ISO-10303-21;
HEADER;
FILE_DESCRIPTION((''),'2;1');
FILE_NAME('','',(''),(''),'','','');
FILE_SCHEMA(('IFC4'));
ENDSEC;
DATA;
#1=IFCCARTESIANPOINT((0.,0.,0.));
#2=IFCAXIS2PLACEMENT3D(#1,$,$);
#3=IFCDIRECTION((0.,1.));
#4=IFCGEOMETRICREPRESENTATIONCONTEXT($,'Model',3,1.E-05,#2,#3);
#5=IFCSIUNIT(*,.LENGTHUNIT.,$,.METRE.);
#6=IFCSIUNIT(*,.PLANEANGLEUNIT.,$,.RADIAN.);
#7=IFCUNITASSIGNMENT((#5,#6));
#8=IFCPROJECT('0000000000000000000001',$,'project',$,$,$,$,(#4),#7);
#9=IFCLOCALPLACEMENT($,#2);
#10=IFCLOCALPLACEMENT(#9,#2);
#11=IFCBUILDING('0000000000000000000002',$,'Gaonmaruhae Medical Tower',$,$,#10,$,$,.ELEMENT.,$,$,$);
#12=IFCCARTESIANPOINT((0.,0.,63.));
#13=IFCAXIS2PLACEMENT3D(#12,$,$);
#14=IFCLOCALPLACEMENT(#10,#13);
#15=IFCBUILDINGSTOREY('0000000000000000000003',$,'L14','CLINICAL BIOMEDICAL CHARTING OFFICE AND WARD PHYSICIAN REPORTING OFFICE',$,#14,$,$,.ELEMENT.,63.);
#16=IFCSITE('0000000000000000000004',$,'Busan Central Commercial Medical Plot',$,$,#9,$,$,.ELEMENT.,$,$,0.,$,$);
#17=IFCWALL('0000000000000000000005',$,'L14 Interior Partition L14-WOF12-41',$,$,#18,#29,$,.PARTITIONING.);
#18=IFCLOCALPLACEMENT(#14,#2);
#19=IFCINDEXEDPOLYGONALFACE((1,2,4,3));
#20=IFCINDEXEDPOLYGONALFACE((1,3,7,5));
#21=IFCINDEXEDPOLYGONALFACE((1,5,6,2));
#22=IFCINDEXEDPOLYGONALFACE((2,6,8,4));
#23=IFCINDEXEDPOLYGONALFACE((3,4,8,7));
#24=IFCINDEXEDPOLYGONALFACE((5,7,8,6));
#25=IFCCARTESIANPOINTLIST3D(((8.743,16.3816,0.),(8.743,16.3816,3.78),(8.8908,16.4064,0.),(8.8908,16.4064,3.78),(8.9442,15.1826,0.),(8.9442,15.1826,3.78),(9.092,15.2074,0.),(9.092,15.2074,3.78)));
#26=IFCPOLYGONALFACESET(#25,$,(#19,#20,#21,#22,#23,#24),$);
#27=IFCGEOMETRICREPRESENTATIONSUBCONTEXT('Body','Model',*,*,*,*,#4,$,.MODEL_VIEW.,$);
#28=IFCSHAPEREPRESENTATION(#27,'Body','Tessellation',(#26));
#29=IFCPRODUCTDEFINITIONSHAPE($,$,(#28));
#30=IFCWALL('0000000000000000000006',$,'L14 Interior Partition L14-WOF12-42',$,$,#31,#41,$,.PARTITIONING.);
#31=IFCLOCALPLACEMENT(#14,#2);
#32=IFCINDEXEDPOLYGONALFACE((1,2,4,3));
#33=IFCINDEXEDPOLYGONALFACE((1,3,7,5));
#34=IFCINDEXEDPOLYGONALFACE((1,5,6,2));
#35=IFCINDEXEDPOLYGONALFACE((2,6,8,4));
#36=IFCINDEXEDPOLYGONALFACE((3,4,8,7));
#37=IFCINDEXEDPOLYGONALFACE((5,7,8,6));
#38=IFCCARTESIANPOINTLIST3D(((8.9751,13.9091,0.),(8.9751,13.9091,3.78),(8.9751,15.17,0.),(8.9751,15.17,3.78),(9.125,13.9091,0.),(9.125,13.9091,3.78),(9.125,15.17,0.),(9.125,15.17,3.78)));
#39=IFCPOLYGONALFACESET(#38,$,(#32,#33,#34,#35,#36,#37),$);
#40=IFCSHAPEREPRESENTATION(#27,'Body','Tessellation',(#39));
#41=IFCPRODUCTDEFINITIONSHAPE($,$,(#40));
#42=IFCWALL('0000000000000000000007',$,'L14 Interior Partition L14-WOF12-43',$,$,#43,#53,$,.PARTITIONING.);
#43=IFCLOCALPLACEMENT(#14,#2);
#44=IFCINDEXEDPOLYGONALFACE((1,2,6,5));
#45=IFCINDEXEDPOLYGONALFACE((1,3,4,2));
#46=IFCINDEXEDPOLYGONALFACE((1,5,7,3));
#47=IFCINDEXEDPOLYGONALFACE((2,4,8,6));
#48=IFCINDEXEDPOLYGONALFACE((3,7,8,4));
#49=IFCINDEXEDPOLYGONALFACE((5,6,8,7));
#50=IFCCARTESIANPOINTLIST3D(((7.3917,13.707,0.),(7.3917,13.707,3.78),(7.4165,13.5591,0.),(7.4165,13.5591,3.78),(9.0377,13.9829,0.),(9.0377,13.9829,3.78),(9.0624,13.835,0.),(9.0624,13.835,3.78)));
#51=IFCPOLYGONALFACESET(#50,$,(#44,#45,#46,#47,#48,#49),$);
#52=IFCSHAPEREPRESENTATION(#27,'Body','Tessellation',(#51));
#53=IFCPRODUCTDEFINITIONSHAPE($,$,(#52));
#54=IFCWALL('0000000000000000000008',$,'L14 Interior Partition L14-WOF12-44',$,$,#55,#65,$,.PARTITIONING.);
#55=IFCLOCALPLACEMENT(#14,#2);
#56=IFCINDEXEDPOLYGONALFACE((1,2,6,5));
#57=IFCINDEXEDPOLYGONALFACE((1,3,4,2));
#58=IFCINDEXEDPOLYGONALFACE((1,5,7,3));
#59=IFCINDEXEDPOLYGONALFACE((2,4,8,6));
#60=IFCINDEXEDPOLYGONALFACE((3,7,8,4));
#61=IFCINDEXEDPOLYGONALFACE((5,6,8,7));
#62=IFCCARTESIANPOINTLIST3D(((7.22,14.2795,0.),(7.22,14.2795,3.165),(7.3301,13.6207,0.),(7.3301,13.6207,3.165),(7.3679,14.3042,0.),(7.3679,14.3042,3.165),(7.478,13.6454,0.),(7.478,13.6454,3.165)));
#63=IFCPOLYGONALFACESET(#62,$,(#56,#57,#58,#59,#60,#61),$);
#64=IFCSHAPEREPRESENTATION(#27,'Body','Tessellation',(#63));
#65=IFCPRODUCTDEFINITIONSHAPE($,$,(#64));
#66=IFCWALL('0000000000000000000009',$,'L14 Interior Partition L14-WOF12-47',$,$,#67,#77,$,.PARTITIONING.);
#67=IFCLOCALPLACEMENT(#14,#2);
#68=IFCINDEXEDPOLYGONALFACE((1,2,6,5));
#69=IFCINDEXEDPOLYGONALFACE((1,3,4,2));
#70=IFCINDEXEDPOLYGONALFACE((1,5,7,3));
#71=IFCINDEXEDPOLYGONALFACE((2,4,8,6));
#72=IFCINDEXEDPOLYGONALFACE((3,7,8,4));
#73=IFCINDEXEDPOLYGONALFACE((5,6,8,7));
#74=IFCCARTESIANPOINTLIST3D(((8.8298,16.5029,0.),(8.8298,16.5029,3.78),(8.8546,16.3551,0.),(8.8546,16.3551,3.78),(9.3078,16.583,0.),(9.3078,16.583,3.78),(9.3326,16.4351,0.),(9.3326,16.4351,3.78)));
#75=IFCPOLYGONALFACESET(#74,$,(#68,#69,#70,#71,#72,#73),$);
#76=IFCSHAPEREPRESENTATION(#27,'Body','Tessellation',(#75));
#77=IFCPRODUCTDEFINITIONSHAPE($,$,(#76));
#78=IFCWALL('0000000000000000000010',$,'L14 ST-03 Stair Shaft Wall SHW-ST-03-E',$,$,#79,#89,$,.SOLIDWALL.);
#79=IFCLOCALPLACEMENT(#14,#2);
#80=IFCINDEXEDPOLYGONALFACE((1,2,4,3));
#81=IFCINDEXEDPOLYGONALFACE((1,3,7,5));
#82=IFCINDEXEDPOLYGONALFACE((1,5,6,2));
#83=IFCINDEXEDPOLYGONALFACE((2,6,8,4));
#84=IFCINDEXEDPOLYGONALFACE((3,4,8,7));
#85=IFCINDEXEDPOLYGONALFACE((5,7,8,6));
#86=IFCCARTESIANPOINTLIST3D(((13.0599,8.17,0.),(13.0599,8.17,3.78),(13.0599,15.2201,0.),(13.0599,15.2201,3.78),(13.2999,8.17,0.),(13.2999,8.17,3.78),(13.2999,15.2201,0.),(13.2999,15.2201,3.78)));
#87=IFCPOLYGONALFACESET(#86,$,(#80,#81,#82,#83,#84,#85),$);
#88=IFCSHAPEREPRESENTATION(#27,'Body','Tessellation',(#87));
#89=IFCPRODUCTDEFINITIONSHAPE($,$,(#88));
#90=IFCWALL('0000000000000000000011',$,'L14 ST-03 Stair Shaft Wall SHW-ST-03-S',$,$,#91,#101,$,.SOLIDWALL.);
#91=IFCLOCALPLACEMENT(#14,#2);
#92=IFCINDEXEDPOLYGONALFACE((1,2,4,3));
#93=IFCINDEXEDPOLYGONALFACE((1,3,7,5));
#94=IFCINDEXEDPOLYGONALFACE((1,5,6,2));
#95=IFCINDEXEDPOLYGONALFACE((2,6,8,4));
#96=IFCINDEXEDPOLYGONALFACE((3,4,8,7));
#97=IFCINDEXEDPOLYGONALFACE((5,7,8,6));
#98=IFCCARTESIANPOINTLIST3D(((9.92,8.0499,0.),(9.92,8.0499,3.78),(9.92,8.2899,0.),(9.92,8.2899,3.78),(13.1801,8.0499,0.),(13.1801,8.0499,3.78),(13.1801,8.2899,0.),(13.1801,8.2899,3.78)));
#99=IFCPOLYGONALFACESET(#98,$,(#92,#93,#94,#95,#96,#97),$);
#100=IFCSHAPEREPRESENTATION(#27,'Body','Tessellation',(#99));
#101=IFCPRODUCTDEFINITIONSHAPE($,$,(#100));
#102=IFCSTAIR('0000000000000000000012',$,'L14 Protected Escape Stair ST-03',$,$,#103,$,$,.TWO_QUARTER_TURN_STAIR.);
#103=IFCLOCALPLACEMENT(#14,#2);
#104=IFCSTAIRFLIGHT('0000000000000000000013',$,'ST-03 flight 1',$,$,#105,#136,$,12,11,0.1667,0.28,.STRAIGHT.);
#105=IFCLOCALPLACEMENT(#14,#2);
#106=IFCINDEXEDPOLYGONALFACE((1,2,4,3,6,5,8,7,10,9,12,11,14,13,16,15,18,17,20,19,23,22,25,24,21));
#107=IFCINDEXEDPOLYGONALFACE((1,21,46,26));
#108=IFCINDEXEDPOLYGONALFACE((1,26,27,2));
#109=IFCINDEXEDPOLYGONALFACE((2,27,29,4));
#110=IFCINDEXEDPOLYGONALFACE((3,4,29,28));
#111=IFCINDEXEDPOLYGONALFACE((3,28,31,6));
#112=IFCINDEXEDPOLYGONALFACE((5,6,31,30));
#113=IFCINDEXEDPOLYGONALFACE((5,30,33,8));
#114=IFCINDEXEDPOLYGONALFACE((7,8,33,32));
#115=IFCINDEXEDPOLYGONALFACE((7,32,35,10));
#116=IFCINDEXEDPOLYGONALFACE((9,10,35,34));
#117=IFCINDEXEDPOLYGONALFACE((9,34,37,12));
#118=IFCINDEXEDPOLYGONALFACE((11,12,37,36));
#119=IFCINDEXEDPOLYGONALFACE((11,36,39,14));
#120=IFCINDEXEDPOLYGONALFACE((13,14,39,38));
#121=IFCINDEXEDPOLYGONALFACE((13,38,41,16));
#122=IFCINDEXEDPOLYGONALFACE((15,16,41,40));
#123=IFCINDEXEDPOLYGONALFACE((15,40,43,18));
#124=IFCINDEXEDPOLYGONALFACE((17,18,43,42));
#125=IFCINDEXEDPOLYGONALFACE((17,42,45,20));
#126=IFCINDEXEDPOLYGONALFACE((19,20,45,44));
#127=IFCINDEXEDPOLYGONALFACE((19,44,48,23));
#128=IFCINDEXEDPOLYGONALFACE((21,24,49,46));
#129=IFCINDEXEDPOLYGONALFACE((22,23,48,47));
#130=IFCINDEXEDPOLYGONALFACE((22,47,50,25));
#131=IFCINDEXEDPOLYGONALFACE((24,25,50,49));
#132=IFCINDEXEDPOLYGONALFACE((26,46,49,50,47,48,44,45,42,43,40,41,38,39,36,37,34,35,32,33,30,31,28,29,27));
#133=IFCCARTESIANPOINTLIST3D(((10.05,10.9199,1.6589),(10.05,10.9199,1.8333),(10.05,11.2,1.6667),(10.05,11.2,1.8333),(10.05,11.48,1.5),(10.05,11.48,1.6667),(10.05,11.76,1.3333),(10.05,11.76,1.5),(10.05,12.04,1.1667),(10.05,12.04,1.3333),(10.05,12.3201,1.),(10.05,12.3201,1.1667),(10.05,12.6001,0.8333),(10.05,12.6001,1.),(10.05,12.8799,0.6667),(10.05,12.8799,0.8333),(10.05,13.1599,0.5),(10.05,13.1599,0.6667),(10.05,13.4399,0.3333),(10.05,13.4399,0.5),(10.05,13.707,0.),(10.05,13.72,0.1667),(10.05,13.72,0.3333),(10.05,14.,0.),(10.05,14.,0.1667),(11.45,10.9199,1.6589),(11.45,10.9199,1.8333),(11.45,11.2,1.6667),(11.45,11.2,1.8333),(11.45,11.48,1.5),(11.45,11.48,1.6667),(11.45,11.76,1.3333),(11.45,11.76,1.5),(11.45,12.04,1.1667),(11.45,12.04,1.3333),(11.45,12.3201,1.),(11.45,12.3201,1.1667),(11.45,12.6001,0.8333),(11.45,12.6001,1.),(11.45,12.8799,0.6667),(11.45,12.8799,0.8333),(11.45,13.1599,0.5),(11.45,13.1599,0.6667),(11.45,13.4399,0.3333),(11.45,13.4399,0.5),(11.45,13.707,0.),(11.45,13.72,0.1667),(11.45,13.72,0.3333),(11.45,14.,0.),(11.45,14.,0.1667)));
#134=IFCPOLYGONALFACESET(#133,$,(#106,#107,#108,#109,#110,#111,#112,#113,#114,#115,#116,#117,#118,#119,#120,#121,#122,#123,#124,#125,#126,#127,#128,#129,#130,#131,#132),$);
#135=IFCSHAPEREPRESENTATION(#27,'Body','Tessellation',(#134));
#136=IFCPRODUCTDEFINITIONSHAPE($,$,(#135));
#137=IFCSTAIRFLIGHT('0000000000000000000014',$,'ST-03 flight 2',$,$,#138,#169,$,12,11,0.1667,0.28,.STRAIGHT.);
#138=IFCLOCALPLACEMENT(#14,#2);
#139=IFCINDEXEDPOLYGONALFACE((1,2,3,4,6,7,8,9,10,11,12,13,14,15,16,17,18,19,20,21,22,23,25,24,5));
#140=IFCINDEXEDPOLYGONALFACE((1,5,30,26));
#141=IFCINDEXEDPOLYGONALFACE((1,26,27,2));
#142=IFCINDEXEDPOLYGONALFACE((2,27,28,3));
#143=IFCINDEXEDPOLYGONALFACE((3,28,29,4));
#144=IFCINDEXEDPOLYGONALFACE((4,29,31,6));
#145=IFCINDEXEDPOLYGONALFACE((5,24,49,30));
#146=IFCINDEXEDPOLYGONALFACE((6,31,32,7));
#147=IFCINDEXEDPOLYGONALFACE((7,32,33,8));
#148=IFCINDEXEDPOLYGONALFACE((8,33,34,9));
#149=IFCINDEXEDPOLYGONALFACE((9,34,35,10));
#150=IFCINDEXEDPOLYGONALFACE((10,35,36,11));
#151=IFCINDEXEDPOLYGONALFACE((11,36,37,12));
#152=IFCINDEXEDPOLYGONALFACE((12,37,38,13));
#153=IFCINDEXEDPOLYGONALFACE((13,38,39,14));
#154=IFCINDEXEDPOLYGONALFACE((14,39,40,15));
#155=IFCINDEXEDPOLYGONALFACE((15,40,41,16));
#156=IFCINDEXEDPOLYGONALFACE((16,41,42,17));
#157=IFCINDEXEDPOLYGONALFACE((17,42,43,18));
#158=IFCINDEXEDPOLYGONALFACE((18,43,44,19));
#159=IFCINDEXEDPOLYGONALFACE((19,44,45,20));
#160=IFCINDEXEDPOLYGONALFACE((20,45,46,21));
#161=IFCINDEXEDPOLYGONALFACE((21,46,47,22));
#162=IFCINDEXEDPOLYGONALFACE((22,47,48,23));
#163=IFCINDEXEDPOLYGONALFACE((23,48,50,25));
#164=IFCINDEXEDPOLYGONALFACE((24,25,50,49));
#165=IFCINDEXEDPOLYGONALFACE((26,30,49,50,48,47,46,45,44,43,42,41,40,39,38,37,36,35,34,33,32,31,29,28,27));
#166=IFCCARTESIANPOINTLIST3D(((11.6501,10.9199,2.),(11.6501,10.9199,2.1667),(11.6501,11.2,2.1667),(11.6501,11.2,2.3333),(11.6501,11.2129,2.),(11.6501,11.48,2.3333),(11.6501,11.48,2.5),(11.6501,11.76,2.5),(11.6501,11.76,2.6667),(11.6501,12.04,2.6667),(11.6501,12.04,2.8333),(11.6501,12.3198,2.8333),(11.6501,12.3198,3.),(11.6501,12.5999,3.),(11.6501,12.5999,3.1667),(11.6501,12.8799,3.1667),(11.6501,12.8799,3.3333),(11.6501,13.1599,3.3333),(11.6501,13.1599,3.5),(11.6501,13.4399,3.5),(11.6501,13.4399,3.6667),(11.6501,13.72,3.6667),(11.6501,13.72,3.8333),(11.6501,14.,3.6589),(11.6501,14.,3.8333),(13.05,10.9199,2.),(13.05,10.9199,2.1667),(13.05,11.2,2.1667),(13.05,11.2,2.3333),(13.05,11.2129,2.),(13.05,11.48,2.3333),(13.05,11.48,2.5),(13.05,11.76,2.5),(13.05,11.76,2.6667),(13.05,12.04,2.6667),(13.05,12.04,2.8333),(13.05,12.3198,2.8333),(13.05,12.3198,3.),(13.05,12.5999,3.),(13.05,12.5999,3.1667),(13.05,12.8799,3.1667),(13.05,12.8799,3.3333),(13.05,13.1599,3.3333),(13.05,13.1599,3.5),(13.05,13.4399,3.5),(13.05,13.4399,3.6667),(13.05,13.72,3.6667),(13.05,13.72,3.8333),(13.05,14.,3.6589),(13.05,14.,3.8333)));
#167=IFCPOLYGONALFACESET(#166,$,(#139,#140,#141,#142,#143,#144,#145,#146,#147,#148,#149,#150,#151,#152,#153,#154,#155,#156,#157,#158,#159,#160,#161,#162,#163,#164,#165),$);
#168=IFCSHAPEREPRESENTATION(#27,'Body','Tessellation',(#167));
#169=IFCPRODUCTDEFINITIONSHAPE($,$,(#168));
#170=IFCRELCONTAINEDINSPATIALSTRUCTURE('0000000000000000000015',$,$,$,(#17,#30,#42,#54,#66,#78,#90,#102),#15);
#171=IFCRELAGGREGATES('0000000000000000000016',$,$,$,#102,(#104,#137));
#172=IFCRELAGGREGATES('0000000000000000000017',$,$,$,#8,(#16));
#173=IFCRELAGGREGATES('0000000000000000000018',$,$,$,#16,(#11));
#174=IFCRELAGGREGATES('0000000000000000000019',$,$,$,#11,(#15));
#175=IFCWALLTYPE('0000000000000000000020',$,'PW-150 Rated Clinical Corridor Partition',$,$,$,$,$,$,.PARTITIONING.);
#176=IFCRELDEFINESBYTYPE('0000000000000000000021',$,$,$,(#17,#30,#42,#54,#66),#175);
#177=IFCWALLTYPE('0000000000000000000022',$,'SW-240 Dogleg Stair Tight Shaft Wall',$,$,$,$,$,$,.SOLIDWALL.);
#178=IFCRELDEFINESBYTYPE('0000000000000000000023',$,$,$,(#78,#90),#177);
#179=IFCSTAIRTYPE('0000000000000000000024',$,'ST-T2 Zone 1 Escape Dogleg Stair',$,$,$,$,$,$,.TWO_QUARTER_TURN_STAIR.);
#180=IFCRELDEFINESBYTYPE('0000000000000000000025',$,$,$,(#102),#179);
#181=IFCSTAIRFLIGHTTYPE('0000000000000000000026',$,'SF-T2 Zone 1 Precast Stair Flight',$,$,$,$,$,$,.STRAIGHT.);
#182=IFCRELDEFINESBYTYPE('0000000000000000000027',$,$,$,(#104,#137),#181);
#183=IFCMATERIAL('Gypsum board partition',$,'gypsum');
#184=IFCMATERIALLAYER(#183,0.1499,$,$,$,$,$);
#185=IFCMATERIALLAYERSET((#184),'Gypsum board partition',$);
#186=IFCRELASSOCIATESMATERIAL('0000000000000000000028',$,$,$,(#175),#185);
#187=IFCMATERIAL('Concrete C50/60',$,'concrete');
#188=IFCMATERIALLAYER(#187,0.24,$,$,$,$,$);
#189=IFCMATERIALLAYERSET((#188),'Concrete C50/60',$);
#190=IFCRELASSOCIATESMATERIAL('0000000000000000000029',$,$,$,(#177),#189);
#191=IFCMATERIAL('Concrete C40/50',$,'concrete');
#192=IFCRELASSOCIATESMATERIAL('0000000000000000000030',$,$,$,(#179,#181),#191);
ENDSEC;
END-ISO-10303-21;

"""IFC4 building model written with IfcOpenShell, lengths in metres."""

from ifc_helpers import new_model, si_unit, direction, frame, frame_2d, origin, place, context, subcontext, project, spatial, polyline, rectangle, outline, extrude, material, layer, layer_set, type_object, element, aggregate, save


model = new_model("IFC4")

# Units and contexts
model_context = context("Model", 3, precision=1e-05, world=origin(), true_north=direction((0.0, 1.0)))
body_context = subcontext(model_context, "Body", "Model", "MODEL_VIEW")
ifc_project = project(units=[si_unit("LENGTHUNIT", "METRE"), si_unit("PLANEANGLEUNIT", "RADIAN")], contexts=[model_context])

# Site, building, storey
site_placement = place(None, origin())
site = spatial("IfcSite", under=ifc_project, at=site_placement, Name="Busan Central Commercial Medical Plot", CompositionType="ELEMENT", RefElevation=0.0)
building_placement = place(site_placement, origin())
building = spatial("IfcBuilding", under=site, at=building_placement, Name="Gaonmaruhae Medical Tower", CompositionType="ELEMENT")
storey_placement = place(building_placement, frame((0.0, 0.0, 63.0)))
storey = spatial("IfcBuildingStorey", under=building, at=storey_placement, Name="L14", Description="CLINICAL BIOMEDICAL CHARTING OFFICE AND WARD PHYSICIAN REPORTING OFFICE", CompositionType="ELEMENT", Elevation=63.0)

# Walls
ifc_material_1 = material(Name="Gypsum board partition", Category="gypsum")
ifc_layer_1 = layer(ifc_material_1, 0.1499)
ifc_layer_set_1 = layer_set([ifc_layer_1], Name="Gypsum board partition")
wall_type_1 = type_object("IfcWallType", Name="PW-150 Rated Clinical Corridor Partition", PredefinedType="PARTITIONING", material=ifc_layer_set_1)
wall_1_placement = place(storey_placement, frame((8.8169, 16.394, 0.0), z_axis=(0.0, 0.0, 1.0), x_axis=(0.165474, -0.986214, 0.0)))
element("IfcWall", 1, at=wall_1_placement, inside=storey, type_object=wall_type_1, Name="L14 Interior Partition L14-WOF12-41", PredefinedType="PARTITIONING", context=body_context, shape_type="SweptSolid", body=[
    extrude(rectangle(XDim=1.2158, YDim=0.1499, at=frame_2d((0.6079, 0.0))), origin(), (0.0, 0.0, 1.0), 3.78),
])
wall_2_placement = place(storey_placement, frame((9.05, 15.1699, 0.0), z_axis=(0.0, 0.0, 1.0), x_axis=(0.0, -1.0, 0.0)))
element("IfcWall", 2, at=wall_2_placement, inside=storey, type_object=wall_type_1, Name="L14 Interior Partition L14-WOF12-42", PredefinedType="PARTITIONING", context=body_context, shape_type="SweptSolid", body=[
    extrude(rectangle(XDim=1.261, YDim=0.1499, at=frame_2d((0.6304, 0.0))), origin(), (0.0, 0.0, 1.0), 3.78),
])
wall_3_placement = place(storey_placement, frame((9.05, 13.9089, 0.0), z_axis=(0.0, 0.0, 1.0), x_axis=(-0.986243, -0.1653, 0.0)))
element("IfcWall", 3, at=wall_3_placement, inside=storey, type_object=wall_type_1, Name="L14 Interior Partition L14-WOF12-43", PredefinedType="PARTITIONING", context=body_context, shape_type="SweptSolid", body=[
    extrude(rectangle(XDim=1.6689, YDim=0.1499, at=frame_2d((0.8345, 0.0))), origin(), (0.0, 0.0, 1.0), 3.78),
])
wall_4_placement = place(storey_placement, frame((7.4041, 13.6331, 0.0), z_axis=(0.0, 0.0, 1.0), x_axis=(-0.164814, 0.986325, 0.0)))
element("IfcWall", 4, at=wall_4_placement, inside=storey, type_object=wall_type_1, Name="L14 Interior Partition L14-WOF12-44", PredefinedType="PARTITIONING", context=body_context, shape_type="SweptSolid", body=[
    extrude(rectangle(XDim=0.668, YDim=0.1499, at=frame_2d((0.334, 0.0))), origin(), (0.0, 0.0, 1.0), 3.165),
])
wall_5_placement = place(storey_placement, frame((9.3201, 16.509, 0.0), z_axis=(0.0, 0.0, 1.0), x_axis=(-0.986257, -0.165216, 0.0)))
element("IfcWall", 5, at=wall_5_placement, inside=storey, type_object=wall_type_1, Name="L14 Interior Partition L14-WOF12-47", PredefinedType="PARTITIONING", context=body_context, shape_type="SweptSolid", body=[
    extrude(rectangle(XDim=0.4846, YDim=0.1499, at=frame_2d((0.2422, 0.0))), origin(), (0.0, 0.0, 1.0), 3.78),
])

# Shared definitions
ifc_material_2 = material(Name="Concrete C50/60", Category="concrete")
ifc_layer_2 = layer(ifc_material_2, 0.24)
ifc_layer_set_2 = layer_set([ifc_layer_2], Name="Concrete C50/60")
wall_type_2 = type_object("IfcWallType", Name="SW-240 Dogleg Stair Tight Shaft Wall", PredefinedType="SOLIDWALL", material=ifc_layer_set_2)

# Walls
wall_6_placement = place(storey_placement, frame((13.1799, 15.22, 0.0), z_axis=(0.0, 0.0, 1.0), x_axis=(0.0, -1.0, 0.0)))
element("IfcWall", 6, at=wall_6_placement, inside=storey, type_object=wall_type_2, Name="L14 ST-03 Stair Shaft Wall SHW-ST-03-E", PredefinedType="SOLIDWALL", context=body_context, shape_type="SweptSolid", body=[
    extrude(rectangle(XDim=7.05, YDim=0.24, at=frame_2d((3.5249, 0.0))), origin(), (0.0, 0.0, 1.0), 3.78),
])
wall_7_placement = place(storey_placement, frame((13.1799, 8.1699, 0.0), z_axis=(0.0, 0.0, 1.0), x_axis=(-1.0, 0.0, 0.0)))
element("IfcWall", 7, at=wall_7_placement, inside=storey, type_object=wall_type_2, Name="L14 ST-03 Stair Shaft Wall SHW-ST-03-S", PredefinedType="SOLIDWALL", context=body_context, shape_type="SweptSolid", body=[
    extrude(rectangle(XDim=3.26, YDim=0.24, at=frame_2d((1.6299, 0.0))), origin(), (0.0, 0.0, 1.0), 3.78),
])

# Stair, stair flights
ifc_material_3 = material(Name="Concrete C40/50", Category="concrete")
stair_type = type_object("IfcStairType", Name="ST-T2 Zone 1 Escape Dogleg Stair", PredefinedType="TWO_QUARTER_TURN_STAIR", material=ifc_material_3)
stair_placement = place(storey_placement, origin())
stair = element("IfcStair", 8, at=stair_placement, inside=storey, type_object=stair_type, Name="L14 Protected Escape Stair ST-03", PredefinedType="TWO_QUARTER_TURN_STAIR")
stair_flight_type = type_object("IfcStairFlightType", Name="SF-T2 Zone 1 Precast Stair Flight", PredefinedType="STRAIGHT", material=ifc_material_3)
stair_flight_1_placement = place(storey_placement, frame((10.75, 14.0, 0.0), z_axis=(0.0, 0.0, 1.0), x_axis=(0.0, -1.0, 0.0)))
stair_flight_1 = element("IfcStairFlight", 9, at=stair_flight_1_placement, type_object=stair_flight_type, Name="ST-03 flight 1", NumberOfRisers=12, NumberOfTreads=11, PredefinedType="STRAIGHT", RiserHeight=0.1667, TreadLength=0.28, context=body_context, shape_type="SweptSolid", body=[
    extrude(outline(polyline([(0.0, 0.0), (0.0, 0.1667), (0.28, 0.1667), (0.28, 0.3333), (0.5601, 0.3333), (0.5601, 0.5), (0.8401, 0.5), (0.8401, 0.6667), (1.1201, 0.6667), (1.1201, 0.8333), (1.3999, 0.8333), (1.3999, 1.0), (1.6799, 1.0), (1.6799, 1.1667), (1.96, 1.1667), (1.96, 1.3333), (2.24, 1.3333), (2.24, 1.5), (2.52, 1.5), (2.52, 1.6667), (2.8, 1.6667), (2.8, 1.8333), (3.0801, 1.8333), (3.0801, 2.0), (3.0801, 1.6589), (0.293, 0.0), (0.0, 0.0)])), frame((0.0, 0.7, 0.0), z_axis=(0.0, -1.0, 0.0), x_axis=(1.0, 0.0, 0.0)), (0.0, 0.0, 1.0), 1.3999),
])
stair_flight_2_placement = place(storey_placement, frame((12.3501, 10.9199, 2.0), z_axis=(0.0, 0.0, 1.0), x_axis=(0.0, 1.0, 0.0)))
stair_flight_2 = element("IfcStairFlight", 10, at=stair_flight_2_placement, type_object=stair_flight_type, Name="ST-03 flight 2", NumberOfRisers=12, NumberOfTreads=11, PredefinedType="STRAIGHT", RiserHeight=0.1667, TreadLength=0.28, context=body_context, shape_type="SweptSolid", body=[
    extrude(outline(polyline([(0.0, 0.0), (0.0, 0.1667), (0.28, 0.1667), (0.28, 0.3333), (0.5601, 0.3333), (0.5601, 0.5), (0.8401, 0.5), (0.8401, 0.6667), (1.1201, 0.6667), (1.1201, 0.8333), (1.3999, 0.8333), (1.3999, 1.0), (1.6799, 1.0), (1.6799, 1.1667), (1.96, 1.1667), (1.96, 1.3333), (2.24, 1.3333), (2.24, 1.5), (2.52, 1.5), (2.52, 1.6667), (2.8, 1.6667), (2.8, 1.8333), (3.0801, 1.8333), (3.0801, 2.0), (3.0801, 1.6589), (0.293, 0.0), (0.0, 0.0)])), frame((0.0, 0.7, 0.0), z_axis=(0.0, -1.0, 0.0), x_axis=(1.0, 0.0, 0.0)), (0.0, 0.0, 1.0), 1.3999),
])
aggregate(stair, [stair_flight_1, stair_flight_2])

save(model, "model.ifc")
